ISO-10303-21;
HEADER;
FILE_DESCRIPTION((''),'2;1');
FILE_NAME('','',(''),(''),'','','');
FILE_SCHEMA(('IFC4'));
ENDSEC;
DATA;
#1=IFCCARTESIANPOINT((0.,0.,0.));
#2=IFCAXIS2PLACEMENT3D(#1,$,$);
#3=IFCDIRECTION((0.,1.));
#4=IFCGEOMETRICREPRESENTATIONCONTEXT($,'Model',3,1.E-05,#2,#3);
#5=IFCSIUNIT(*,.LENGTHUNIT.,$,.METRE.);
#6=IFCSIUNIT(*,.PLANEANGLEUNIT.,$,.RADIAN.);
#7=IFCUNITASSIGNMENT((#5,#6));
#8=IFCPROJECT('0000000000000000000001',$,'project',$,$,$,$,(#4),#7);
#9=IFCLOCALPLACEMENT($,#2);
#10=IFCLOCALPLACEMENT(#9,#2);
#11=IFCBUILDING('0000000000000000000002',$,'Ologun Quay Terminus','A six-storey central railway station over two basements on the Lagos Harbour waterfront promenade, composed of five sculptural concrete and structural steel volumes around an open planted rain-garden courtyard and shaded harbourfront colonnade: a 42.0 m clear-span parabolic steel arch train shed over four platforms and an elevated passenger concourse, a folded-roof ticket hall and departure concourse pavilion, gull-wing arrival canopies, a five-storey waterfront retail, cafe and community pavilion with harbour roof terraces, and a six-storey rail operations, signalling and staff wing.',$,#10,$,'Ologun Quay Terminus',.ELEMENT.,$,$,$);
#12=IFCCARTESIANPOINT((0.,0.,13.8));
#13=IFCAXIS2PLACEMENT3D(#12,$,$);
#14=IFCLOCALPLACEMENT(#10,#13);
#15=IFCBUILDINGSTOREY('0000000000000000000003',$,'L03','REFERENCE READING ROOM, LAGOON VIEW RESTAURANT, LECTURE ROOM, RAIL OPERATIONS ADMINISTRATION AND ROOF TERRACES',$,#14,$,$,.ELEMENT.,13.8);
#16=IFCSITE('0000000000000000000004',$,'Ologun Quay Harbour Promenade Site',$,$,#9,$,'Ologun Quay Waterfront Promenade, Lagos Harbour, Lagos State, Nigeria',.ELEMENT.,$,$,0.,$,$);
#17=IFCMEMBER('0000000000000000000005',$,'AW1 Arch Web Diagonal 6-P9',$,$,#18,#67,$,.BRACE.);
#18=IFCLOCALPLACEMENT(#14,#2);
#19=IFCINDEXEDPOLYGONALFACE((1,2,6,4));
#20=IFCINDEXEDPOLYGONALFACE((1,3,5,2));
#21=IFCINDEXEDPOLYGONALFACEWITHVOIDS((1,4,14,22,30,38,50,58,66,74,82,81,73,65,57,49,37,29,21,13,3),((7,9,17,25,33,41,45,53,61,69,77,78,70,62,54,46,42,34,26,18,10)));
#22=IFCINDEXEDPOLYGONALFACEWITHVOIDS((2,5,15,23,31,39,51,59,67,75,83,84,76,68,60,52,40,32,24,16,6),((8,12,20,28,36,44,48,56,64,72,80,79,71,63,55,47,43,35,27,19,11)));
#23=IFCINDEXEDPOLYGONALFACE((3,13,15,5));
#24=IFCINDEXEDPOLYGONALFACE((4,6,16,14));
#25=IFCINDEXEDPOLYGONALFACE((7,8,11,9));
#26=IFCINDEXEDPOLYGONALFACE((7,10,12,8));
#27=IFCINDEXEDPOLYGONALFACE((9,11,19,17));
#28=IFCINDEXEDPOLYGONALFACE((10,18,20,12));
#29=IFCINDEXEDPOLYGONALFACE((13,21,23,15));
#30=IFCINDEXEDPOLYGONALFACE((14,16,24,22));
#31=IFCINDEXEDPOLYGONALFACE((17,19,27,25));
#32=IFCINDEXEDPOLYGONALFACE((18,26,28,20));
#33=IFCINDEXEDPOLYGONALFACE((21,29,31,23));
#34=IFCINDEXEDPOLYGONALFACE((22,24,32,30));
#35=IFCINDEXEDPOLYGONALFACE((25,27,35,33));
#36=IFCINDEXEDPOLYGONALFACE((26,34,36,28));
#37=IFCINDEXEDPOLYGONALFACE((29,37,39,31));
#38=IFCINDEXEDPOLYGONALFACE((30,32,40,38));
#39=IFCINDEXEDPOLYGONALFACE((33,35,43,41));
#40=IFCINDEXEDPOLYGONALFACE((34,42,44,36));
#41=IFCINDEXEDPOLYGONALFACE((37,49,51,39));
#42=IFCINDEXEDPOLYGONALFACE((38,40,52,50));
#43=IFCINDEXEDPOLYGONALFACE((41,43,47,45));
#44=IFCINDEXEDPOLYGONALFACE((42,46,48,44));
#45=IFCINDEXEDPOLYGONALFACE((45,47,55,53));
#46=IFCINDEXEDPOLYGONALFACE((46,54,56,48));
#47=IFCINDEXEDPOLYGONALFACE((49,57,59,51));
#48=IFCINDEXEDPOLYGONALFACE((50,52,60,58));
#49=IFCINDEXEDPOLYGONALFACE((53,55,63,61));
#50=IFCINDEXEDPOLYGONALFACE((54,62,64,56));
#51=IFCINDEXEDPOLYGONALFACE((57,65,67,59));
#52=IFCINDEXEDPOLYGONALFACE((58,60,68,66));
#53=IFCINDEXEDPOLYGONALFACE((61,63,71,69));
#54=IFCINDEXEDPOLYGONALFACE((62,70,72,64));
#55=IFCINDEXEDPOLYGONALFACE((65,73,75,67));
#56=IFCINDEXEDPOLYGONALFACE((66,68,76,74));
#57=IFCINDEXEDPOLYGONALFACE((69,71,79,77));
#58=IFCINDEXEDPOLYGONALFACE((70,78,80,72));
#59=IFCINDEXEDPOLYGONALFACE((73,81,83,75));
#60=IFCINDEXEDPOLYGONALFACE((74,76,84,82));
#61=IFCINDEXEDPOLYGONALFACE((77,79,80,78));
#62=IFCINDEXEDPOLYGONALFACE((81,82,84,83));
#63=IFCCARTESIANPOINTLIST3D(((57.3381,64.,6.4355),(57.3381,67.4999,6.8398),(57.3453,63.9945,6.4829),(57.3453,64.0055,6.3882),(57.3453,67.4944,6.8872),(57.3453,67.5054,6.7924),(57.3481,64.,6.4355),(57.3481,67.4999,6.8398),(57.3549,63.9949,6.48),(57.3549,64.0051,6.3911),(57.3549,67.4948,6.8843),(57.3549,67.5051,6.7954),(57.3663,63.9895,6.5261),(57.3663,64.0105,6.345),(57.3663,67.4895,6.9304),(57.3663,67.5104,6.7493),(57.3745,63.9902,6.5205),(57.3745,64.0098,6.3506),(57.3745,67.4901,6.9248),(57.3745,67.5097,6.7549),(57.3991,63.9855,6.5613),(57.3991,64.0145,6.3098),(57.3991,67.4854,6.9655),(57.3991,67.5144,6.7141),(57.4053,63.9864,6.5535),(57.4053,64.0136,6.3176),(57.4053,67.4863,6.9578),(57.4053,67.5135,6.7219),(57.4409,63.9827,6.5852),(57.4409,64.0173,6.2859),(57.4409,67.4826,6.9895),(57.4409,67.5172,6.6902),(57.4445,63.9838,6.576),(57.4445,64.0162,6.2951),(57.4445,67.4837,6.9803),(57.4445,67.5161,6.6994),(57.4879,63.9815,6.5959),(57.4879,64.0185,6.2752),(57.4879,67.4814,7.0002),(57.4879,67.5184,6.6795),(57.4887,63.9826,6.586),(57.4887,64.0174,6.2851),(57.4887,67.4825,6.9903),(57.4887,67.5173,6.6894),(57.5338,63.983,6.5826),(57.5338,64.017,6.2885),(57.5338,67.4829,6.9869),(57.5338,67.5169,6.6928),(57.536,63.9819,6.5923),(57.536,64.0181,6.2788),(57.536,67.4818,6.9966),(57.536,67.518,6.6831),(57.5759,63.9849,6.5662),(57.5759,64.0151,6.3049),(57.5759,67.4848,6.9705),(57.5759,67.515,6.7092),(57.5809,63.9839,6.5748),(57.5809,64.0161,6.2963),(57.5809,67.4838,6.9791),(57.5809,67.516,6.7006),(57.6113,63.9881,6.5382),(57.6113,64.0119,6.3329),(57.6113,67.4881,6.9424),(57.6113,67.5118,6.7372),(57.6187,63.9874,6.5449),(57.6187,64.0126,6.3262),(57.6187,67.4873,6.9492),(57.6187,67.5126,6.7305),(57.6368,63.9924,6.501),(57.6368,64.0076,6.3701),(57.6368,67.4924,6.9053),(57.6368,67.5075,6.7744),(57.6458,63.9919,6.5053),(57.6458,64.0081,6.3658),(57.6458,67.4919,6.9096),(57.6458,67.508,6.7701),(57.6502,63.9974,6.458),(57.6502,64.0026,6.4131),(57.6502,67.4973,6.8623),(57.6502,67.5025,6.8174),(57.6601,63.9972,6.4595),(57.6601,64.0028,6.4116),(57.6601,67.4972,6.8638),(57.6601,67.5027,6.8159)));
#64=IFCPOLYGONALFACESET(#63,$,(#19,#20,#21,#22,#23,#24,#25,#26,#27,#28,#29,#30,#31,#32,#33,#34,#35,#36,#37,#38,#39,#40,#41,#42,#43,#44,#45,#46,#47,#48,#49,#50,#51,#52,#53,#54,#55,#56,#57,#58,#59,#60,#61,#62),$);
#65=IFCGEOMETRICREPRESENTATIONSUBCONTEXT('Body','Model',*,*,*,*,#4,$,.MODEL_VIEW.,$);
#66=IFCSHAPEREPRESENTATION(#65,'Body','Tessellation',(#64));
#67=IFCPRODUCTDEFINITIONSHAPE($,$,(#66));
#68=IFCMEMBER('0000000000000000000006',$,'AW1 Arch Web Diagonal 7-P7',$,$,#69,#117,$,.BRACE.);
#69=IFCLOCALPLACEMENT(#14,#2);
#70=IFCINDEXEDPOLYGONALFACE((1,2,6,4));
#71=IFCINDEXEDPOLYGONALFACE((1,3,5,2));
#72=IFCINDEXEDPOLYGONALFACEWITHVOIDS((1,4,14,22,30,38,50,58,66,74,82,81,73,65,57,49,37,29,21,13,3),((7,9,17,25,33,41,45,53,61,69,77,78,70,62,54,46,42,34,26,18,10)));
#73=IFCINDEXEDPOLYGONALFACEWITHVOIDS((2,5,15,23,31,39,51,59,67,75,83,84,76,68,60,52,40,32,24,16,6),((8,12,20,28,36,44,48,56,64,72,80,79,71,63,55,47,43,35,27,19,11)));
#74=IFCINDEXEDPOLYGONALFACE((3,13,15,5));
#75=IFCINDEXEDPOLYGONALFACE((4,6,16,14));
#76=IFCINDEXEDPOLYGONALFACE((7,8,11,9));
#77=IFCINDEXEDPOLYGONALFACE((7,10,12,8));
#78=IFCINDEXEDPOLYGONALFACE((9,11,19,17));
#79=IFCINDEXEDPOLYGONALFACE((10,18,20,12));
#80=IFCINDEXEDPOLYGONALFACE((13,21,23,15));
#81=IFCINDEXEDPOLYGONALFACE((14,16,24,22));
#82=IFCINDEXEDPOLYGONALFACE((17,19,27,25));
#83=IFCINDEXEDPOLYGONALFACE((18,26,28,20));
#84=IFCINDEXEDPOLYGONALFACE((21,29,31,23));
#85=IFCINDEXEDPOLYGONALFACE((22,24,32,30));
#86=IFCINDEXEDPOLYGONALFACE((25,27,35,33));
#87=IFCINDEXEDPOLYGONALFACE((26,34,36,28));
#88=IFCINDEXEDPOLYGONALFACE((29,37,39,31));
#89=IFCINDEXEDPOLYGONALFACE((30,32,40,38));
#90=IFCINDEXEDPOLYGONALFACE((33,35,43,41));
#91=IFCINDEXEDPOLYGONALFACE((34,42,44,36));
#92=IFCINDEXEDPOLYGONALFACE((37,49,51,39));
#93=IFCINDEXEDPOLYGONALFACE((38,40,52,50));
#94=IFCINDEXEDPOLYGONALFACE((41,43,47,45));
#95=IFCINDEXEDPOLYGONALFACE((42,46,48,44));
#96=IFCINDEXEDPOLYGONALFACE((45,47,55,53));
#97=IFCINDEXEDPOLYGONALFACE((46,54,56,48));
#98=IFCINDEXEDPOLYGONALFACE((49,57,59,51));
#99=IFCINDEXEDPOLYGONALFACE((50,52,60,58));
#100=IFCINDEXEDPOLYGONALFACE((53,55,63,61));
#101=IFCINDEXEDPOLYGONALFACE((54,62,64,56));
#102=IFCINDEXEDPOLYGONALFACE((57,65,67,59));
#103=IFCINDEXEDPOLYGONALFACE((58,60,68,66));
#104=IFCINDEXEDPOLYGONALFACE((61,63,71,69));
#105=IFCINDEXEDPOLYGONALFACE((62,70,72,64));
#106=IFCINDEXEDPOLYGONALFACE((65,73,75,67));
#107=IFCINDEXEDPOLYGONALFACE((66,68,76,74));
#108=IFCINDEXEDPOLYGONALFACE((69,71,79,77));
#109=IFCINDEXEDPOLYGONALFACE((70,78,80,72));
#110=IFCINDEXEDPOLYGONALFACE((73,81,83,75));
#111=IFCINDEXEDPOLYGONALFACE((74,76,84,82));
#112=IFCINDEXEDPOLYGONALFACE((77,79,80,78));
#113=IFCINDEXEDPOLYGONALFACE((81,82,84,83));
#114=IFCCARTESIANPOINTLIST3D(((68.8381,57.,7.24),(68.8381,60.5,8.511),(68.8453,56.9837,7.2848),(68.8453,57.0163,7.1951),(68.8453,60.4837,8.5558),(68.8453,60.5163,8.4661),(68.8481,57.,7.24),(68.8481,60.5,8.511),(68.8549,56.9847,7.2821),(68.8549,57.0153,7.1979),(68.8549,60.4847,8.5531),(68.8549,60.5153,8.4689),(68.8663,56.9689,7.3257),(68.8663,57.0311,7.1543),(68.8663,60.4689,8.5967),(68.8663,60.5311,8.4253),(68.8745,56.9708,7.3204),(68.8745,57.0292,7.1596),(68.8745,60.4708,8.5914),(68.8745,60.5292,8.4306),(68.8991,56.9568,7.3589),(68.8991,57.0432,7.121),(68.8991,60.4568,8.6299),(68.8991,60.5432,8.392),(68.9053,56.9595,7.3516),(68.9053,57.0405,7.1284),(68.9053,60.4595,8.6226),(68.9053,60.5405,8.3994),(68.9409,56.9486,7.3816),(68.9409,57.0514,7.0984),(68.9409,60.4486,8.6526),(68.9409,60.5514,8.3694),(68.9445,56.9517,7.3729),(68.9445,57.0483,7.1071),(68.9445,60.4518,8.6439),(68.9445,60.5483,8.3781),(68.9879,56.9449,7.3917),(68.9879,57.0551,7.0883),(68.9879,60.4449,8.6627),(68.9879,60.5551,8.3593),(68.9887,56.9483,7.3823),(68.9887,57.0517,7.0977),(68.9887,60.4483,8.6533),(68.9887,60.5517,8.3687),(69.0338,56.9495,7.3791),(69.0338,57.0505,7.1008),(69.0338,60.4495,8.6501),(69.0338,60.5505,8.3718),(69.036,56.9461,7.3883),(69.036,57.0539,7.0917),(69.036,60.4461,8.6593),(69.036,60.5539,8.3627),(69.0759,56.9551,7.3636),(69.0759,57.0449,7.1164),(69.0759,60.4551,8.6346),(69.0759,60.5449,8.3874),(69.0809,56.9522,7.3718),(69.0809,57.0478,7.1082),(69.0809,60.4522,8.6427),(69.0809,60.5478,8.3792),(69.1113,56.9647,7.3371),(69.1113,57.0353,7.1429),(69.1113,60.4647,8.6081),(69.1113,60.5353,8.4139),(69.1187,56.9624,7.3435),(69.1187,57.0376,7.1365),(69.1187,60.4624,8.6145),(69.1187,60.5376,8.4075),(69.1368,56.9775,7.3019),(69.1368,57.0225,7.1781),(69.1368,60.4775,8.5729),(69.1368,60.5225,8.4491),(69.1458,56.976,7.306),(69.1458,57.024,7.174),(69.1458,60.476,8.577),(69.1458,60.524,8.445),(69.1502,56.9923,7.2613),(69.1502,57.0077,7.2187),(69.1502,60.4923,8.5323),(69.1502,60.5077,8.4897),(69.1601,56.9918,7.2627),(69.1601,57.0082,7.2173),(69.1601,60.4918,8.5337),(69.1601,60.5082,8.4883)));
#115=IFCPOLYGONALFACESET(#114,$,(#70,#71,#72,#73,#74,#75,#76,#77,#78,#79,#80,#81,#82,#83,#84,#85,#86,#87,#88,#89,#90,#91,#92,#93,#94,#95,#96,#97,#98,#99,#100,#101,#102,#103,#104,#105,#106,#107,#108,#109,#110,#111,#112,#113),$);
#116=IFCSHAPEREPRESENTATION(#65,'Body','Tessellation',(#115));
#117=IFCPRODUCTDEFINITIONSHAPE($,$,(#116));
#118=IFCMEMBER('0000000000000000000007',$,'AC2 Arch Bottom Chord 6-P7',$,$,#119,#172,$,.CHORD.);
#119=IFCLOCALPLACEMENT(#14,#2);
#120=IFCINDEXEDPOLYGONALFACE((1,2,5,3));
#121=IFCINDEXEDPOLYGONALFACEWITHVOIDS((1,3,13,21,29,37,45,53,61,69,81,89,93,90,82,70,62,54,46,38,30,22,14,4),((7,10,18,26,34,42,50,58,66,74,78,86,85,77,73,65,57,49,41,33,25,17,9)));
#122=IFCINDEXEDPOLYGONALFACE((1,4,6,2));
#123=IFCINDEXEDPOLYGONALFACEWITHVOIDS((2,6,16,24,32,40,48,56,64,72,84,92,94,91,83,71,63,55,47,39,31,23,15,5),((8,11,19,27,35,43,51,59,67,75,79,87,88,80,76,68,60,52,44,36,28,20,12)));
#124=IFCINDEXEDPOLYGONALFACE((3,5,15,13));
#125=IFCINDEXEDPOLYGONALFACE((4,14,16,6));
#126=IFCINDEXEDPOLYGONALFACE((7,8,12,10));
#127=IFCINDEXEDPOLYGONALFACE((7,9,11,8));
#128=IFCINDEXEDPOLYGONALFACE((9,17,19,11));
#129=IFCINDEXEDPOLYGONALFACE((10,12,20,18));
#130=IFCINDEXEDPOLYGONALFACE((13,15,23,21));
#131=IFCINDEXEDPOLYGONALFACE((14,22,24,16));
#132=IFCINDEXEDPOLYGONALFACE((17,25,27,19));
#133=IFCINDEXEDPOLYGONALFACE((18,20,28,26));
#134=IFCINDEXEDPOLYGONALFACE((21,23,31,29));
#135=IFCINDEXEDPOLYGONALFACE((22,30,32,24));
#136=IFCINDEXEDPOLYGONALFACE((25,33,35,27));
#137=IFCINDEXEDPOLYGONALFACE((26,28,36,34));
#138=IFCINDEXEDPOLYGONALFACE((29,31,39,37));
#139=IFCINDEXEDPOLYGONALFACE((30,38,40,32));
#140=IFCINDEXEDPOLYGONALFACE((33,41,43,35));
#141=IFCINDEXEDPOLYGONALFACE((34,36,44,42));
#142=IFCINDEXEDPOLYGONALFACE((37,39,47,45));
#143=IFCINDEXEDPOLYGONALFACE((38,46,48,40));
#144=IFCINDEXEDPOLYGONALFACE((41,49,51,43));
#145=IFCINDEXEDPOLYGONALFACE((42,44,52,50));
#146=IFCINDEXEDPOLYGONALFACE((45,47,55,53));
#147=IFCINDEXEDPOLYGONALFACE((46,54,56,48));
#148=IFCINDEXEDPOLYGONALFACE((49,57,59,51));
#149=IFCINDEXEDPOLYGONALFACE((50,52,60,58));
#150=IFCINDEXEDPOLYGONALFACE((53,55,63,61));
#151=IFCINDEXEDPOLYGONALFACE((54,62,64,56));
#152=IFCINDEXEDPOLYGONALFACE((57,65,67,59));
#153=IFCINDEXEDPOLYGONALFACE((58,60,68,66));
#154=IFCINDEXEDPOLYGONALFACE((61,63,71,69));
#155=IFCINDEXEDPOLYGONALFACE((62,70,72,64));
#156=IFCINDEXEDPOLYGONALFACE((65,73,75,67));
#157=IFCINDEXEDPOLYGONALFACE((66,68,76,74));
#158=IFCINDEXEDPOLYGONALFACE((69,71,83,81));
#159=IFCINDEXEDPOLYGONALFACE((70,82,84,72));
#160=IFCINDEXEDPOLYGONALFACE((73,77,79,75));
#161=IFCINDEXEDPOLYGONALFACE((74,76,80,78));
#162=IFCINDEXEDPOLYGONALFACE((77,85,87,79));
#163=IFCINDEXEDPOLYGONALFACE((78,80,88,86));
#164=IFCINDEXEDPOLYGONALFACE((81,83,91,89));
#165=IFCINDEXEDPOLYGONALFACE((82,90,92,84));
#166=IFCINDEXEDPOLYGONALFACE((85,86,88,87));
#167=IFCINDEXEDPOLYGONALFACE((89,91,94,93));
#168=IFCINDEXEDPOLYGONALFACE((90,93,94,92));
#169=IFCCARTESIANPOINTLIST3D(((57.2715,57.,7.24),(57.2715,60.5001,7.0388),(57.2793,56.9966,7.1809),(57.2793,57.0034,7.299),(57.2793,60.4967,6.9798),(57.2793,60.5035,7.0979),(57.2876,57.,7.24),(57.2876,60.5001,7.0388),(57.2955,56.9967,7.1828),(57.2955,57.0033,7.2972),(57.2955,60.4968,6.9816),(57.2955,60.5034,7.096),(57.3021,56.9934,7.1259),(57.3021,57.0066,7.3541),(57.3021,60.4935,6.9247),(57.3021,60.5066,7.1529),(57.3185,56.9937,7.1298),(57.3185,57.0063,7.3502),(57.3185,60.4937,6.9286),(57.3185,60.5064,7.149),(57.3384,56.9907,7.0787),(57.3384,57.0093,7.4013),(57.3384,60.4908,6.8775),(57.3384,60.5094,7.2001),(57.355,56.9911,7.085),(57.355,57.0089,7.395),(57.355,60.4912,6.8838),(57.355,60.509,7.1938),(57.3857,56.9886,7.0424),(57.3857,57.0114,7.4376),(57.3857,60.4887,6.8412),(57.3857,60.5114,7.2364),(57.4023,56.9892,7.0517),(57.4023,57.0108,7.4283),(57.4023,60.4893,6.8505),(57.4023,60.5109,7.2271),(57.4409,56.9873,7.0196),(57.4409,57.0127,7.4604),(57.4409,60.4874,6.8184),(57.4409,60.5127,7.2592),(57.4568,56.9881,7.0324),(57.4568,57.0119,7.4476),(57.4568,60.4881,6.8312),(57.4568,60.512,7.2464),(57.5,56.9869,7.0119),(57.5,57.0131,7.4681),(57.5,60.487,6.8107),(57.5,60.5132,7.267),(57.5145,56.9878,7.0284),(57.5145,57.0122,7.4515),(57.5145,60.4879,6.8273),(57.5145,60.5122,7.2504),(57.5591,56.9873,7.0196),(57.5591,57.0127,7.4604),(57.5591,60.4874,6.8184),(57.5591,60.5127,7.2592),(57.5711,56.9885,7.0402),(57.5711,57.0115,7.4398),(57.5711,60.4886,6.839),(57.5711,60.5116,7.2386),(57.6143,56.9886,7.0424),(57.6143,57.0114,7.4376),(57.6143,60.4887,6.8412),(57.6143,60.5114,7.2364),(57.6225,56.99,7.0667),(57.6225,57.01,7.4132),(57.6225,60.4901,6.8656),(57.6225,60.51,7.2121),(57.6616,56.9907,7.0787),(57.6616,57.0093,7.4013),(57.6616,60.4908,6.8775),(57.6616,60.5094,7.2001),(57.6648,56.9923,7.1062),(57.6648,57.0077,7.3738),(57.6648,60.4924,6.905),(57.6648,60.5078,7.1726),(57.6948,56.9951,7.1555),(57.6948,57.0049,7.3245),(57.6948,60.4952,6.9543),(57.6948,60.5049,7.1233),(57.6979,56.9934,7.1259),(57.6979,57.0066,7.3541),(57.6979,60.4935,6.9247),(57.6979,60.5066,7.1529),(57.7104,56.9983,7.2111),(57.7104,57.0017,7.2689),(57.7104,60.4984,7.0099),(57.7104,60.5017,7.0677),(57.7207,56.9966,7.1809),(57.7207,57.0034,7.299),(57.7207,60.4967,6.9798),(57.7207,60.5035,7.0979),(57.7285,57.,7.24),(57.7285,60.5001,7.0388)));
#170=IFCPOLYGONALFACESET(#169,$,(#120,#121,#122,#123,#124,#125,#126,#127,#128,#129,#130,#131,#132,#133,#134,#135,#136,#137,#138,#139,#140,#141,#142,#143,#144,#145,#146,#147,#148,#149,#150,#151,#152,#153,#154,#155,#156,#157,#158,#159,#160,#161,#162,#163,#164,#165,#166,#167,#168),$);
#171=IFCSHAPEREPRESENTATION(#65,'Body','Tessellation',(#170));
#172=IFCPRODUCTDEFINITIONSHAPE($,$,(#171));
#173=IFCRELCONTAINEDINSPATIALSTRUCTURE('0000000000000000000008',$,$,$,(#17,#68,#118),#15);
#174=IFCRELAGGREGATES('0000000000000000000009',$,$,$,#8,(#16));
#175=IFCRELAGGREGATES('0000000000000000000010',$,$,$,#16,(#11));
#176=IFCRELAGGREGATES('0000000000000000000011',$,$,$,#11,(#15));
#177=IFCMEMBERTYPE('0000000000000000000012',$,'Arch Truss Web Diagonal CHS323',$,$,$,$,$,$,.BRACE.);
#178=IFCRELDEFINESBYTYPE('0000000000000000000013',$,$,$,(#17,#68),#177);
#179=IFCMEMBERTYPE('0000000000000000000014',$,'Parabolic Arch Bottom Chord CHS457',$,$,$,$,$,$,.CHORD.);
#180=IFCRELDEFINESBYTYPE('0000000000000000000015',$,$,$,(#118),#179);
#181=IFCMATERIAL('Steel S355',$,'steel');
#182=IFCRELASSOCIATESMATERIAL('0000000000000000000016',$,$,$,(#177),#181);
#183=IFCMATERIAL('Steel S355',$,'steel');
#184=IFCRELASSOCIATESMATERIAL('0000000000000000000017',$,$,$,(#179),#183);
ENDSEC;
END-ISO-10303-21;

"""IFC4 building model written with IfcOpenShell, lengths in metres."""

from ifc_helpers import new_model, si_unit, direction, frame, origin, origin_2d, place, context, subcontext, project, spatial, hollow_circle, extrude, material, material_profile, profile_set, type_object, element, save


model = new_model("IFC4")

# Units and contexts
model_context = context("Model", 3, precision=1e-05, world=origin(), true_north=direction((0.0, 1.0)))
body_context = subcontext(model_context, "Body", "Model", "MODEL_VIEW")
ifc_project = project(units=[si_unit("LENGTHUNIT", "METRE"), si_unit("PLANEANGLEUNIT", "RADIAN")], contexts=[model_context])

# Site, building, storey
site_placement = place(None, origin())
site = spatial("IfcSite", under=ifc_project, at=site_placement, Name="Ologun Quay Harbour Promenade Site", LongName="Ologun Quay Waterfront Promenade, Lagos Harbour, Lagos State, Nigeria", CompositionType="ELEMENT", RefElevation=0.0)
building_placement = place(site_placement, origin())
building = spatial("IfcBuilding", under=site, at=building_placement, Name="Ologun Quay Terminus", Description="A six-storey central railway station over two basements on the Lagos Harbour waterfront promenade, composed of five sculptural concrete and structural steel volumes around an open planted rain-garden courtyard and shaded harbourfront colonnade: a 42.0 m clear-span parabolic steel arch train shed over four platforms and an elevated passenger concourse, a folded-roof ticket hall and departure concourse pavilion, gull-wing arrival canopies, a five-storey waterfront retail, cafe and community pavilion with harbour roof terraces, and a six-storey rail operations, signalling and staff wing.", LongName="Ologun Quay Terminus", CompositionType="ELEMENT")
storey_placement = place(building_placement, frame((0.0, 0.0, 13.8)))
storey = spatial("IfcBuildingStorey", under=building, at=storey_placement, Name="L03", Description="REFERENCE READING ROOM, LAGOON VIEW RESTAURANT, LECTURE ROOM, RAIL OPERATIONS ADMINISTRATION AND ROOF TERRACES", CompositionType="ELEMENT", Elevation=13.8)

# Members
ifc_material_1 = material(Name="Steel S355", Category="steel")
ifc_material_profile_1 = material_profile(ifc_material_1, hollow_circle(Radius=0.1619, WallThickness=0.01, at=origin_2d()), Name="CHS 323.9x10")
ifc_profile_set_1 = profile_set([ifc_material_profile_1], Name="Steel S355")
member_type_1 = type_object("IfcMemberType", Name="Arch Truss Web Diagonal CHS323", PredefinedType="BRACE", material=ifc_profile_set_1)
member_1_placement = place(storey_placement, frame((57.5, 64.0, 6.4355), z_axis=(0.0, 0.993394, 0.11475), x_axis=(-1.0, 0.0, 0.0)))
element("IfcMember", 1, at=member_1_placement, inside=storey, type_object=member_type_1, Name="AW1 Arch Web Diagonal 6-P9", PredefinedType="BRACE", context=body_context, shape_type="SweptSolid", body=[
    extrude(hollow_circle(Radius=0.1619, WallThickness=0.01, at=origin_2d()), origin(), (0.0, 0.0, 1.0), 3.5232),
])
member_2_placement = place(storey_placement, frame((69.0, 57.0, 7.24), z_axis=(0.0, 0.939943, 0.341332), x_axis=(-1.0, 0.0, 0.0)))
element("IfcMember", 2, at=member_2_placement, inside=storey, type_object=member_type_1, Name="AW1 Arch Web Diagonal 7-P7", PredefinedType="BRACE", context=body_context, shape_type="SweptSolid", body=[
    extrude(hollow_circle(Radius=0.1619, WallThickness=0.01, at=origin_2d()), origin(), (0.0, 0.0, 1.0), 3.7236),
])
ifc_material_2 = material(Name="Steel S355", Category="steel")
ifc_material_profile_2 = material_profile(ifc_material_2, hollow_circle(Radius=0.2285, WallThickness=0.0161, at=origin_2d()), Name="CHS 457x16")
ifc_profile_set_2 = profile_set([ifc_material_profile_2], Name="Steel S355")
member_type_2 = type_object("IfcMemberType", Name="Parabolic Arch Bottom Chord CHS457", PredefinedType="CHORD", material=ifc_profile_set_2)
member_3_placement = place(storey_placement, frame((57.5, 57.0, 7.24), z_axis=(0.0, 0.998352, -0.057383), x_axis=(-1.0, 0.0, 0.0)))
element("IfcMember", 3, at=member_3_placement, inside=storey, type_object=member_type_2, Name="AC2 Arch Bottom Chord 6-P7", PredefinedType="CHORD", context=body_context, shape_type="SweptSolid", body=[
    extrude(hollow_circle(Radius=0.2285, WallThickness=0.0161, at=origin_2d()), origin(), (0.0, 0.0, 1.0), 3.5059),
])

save(model, "model.ifc")
